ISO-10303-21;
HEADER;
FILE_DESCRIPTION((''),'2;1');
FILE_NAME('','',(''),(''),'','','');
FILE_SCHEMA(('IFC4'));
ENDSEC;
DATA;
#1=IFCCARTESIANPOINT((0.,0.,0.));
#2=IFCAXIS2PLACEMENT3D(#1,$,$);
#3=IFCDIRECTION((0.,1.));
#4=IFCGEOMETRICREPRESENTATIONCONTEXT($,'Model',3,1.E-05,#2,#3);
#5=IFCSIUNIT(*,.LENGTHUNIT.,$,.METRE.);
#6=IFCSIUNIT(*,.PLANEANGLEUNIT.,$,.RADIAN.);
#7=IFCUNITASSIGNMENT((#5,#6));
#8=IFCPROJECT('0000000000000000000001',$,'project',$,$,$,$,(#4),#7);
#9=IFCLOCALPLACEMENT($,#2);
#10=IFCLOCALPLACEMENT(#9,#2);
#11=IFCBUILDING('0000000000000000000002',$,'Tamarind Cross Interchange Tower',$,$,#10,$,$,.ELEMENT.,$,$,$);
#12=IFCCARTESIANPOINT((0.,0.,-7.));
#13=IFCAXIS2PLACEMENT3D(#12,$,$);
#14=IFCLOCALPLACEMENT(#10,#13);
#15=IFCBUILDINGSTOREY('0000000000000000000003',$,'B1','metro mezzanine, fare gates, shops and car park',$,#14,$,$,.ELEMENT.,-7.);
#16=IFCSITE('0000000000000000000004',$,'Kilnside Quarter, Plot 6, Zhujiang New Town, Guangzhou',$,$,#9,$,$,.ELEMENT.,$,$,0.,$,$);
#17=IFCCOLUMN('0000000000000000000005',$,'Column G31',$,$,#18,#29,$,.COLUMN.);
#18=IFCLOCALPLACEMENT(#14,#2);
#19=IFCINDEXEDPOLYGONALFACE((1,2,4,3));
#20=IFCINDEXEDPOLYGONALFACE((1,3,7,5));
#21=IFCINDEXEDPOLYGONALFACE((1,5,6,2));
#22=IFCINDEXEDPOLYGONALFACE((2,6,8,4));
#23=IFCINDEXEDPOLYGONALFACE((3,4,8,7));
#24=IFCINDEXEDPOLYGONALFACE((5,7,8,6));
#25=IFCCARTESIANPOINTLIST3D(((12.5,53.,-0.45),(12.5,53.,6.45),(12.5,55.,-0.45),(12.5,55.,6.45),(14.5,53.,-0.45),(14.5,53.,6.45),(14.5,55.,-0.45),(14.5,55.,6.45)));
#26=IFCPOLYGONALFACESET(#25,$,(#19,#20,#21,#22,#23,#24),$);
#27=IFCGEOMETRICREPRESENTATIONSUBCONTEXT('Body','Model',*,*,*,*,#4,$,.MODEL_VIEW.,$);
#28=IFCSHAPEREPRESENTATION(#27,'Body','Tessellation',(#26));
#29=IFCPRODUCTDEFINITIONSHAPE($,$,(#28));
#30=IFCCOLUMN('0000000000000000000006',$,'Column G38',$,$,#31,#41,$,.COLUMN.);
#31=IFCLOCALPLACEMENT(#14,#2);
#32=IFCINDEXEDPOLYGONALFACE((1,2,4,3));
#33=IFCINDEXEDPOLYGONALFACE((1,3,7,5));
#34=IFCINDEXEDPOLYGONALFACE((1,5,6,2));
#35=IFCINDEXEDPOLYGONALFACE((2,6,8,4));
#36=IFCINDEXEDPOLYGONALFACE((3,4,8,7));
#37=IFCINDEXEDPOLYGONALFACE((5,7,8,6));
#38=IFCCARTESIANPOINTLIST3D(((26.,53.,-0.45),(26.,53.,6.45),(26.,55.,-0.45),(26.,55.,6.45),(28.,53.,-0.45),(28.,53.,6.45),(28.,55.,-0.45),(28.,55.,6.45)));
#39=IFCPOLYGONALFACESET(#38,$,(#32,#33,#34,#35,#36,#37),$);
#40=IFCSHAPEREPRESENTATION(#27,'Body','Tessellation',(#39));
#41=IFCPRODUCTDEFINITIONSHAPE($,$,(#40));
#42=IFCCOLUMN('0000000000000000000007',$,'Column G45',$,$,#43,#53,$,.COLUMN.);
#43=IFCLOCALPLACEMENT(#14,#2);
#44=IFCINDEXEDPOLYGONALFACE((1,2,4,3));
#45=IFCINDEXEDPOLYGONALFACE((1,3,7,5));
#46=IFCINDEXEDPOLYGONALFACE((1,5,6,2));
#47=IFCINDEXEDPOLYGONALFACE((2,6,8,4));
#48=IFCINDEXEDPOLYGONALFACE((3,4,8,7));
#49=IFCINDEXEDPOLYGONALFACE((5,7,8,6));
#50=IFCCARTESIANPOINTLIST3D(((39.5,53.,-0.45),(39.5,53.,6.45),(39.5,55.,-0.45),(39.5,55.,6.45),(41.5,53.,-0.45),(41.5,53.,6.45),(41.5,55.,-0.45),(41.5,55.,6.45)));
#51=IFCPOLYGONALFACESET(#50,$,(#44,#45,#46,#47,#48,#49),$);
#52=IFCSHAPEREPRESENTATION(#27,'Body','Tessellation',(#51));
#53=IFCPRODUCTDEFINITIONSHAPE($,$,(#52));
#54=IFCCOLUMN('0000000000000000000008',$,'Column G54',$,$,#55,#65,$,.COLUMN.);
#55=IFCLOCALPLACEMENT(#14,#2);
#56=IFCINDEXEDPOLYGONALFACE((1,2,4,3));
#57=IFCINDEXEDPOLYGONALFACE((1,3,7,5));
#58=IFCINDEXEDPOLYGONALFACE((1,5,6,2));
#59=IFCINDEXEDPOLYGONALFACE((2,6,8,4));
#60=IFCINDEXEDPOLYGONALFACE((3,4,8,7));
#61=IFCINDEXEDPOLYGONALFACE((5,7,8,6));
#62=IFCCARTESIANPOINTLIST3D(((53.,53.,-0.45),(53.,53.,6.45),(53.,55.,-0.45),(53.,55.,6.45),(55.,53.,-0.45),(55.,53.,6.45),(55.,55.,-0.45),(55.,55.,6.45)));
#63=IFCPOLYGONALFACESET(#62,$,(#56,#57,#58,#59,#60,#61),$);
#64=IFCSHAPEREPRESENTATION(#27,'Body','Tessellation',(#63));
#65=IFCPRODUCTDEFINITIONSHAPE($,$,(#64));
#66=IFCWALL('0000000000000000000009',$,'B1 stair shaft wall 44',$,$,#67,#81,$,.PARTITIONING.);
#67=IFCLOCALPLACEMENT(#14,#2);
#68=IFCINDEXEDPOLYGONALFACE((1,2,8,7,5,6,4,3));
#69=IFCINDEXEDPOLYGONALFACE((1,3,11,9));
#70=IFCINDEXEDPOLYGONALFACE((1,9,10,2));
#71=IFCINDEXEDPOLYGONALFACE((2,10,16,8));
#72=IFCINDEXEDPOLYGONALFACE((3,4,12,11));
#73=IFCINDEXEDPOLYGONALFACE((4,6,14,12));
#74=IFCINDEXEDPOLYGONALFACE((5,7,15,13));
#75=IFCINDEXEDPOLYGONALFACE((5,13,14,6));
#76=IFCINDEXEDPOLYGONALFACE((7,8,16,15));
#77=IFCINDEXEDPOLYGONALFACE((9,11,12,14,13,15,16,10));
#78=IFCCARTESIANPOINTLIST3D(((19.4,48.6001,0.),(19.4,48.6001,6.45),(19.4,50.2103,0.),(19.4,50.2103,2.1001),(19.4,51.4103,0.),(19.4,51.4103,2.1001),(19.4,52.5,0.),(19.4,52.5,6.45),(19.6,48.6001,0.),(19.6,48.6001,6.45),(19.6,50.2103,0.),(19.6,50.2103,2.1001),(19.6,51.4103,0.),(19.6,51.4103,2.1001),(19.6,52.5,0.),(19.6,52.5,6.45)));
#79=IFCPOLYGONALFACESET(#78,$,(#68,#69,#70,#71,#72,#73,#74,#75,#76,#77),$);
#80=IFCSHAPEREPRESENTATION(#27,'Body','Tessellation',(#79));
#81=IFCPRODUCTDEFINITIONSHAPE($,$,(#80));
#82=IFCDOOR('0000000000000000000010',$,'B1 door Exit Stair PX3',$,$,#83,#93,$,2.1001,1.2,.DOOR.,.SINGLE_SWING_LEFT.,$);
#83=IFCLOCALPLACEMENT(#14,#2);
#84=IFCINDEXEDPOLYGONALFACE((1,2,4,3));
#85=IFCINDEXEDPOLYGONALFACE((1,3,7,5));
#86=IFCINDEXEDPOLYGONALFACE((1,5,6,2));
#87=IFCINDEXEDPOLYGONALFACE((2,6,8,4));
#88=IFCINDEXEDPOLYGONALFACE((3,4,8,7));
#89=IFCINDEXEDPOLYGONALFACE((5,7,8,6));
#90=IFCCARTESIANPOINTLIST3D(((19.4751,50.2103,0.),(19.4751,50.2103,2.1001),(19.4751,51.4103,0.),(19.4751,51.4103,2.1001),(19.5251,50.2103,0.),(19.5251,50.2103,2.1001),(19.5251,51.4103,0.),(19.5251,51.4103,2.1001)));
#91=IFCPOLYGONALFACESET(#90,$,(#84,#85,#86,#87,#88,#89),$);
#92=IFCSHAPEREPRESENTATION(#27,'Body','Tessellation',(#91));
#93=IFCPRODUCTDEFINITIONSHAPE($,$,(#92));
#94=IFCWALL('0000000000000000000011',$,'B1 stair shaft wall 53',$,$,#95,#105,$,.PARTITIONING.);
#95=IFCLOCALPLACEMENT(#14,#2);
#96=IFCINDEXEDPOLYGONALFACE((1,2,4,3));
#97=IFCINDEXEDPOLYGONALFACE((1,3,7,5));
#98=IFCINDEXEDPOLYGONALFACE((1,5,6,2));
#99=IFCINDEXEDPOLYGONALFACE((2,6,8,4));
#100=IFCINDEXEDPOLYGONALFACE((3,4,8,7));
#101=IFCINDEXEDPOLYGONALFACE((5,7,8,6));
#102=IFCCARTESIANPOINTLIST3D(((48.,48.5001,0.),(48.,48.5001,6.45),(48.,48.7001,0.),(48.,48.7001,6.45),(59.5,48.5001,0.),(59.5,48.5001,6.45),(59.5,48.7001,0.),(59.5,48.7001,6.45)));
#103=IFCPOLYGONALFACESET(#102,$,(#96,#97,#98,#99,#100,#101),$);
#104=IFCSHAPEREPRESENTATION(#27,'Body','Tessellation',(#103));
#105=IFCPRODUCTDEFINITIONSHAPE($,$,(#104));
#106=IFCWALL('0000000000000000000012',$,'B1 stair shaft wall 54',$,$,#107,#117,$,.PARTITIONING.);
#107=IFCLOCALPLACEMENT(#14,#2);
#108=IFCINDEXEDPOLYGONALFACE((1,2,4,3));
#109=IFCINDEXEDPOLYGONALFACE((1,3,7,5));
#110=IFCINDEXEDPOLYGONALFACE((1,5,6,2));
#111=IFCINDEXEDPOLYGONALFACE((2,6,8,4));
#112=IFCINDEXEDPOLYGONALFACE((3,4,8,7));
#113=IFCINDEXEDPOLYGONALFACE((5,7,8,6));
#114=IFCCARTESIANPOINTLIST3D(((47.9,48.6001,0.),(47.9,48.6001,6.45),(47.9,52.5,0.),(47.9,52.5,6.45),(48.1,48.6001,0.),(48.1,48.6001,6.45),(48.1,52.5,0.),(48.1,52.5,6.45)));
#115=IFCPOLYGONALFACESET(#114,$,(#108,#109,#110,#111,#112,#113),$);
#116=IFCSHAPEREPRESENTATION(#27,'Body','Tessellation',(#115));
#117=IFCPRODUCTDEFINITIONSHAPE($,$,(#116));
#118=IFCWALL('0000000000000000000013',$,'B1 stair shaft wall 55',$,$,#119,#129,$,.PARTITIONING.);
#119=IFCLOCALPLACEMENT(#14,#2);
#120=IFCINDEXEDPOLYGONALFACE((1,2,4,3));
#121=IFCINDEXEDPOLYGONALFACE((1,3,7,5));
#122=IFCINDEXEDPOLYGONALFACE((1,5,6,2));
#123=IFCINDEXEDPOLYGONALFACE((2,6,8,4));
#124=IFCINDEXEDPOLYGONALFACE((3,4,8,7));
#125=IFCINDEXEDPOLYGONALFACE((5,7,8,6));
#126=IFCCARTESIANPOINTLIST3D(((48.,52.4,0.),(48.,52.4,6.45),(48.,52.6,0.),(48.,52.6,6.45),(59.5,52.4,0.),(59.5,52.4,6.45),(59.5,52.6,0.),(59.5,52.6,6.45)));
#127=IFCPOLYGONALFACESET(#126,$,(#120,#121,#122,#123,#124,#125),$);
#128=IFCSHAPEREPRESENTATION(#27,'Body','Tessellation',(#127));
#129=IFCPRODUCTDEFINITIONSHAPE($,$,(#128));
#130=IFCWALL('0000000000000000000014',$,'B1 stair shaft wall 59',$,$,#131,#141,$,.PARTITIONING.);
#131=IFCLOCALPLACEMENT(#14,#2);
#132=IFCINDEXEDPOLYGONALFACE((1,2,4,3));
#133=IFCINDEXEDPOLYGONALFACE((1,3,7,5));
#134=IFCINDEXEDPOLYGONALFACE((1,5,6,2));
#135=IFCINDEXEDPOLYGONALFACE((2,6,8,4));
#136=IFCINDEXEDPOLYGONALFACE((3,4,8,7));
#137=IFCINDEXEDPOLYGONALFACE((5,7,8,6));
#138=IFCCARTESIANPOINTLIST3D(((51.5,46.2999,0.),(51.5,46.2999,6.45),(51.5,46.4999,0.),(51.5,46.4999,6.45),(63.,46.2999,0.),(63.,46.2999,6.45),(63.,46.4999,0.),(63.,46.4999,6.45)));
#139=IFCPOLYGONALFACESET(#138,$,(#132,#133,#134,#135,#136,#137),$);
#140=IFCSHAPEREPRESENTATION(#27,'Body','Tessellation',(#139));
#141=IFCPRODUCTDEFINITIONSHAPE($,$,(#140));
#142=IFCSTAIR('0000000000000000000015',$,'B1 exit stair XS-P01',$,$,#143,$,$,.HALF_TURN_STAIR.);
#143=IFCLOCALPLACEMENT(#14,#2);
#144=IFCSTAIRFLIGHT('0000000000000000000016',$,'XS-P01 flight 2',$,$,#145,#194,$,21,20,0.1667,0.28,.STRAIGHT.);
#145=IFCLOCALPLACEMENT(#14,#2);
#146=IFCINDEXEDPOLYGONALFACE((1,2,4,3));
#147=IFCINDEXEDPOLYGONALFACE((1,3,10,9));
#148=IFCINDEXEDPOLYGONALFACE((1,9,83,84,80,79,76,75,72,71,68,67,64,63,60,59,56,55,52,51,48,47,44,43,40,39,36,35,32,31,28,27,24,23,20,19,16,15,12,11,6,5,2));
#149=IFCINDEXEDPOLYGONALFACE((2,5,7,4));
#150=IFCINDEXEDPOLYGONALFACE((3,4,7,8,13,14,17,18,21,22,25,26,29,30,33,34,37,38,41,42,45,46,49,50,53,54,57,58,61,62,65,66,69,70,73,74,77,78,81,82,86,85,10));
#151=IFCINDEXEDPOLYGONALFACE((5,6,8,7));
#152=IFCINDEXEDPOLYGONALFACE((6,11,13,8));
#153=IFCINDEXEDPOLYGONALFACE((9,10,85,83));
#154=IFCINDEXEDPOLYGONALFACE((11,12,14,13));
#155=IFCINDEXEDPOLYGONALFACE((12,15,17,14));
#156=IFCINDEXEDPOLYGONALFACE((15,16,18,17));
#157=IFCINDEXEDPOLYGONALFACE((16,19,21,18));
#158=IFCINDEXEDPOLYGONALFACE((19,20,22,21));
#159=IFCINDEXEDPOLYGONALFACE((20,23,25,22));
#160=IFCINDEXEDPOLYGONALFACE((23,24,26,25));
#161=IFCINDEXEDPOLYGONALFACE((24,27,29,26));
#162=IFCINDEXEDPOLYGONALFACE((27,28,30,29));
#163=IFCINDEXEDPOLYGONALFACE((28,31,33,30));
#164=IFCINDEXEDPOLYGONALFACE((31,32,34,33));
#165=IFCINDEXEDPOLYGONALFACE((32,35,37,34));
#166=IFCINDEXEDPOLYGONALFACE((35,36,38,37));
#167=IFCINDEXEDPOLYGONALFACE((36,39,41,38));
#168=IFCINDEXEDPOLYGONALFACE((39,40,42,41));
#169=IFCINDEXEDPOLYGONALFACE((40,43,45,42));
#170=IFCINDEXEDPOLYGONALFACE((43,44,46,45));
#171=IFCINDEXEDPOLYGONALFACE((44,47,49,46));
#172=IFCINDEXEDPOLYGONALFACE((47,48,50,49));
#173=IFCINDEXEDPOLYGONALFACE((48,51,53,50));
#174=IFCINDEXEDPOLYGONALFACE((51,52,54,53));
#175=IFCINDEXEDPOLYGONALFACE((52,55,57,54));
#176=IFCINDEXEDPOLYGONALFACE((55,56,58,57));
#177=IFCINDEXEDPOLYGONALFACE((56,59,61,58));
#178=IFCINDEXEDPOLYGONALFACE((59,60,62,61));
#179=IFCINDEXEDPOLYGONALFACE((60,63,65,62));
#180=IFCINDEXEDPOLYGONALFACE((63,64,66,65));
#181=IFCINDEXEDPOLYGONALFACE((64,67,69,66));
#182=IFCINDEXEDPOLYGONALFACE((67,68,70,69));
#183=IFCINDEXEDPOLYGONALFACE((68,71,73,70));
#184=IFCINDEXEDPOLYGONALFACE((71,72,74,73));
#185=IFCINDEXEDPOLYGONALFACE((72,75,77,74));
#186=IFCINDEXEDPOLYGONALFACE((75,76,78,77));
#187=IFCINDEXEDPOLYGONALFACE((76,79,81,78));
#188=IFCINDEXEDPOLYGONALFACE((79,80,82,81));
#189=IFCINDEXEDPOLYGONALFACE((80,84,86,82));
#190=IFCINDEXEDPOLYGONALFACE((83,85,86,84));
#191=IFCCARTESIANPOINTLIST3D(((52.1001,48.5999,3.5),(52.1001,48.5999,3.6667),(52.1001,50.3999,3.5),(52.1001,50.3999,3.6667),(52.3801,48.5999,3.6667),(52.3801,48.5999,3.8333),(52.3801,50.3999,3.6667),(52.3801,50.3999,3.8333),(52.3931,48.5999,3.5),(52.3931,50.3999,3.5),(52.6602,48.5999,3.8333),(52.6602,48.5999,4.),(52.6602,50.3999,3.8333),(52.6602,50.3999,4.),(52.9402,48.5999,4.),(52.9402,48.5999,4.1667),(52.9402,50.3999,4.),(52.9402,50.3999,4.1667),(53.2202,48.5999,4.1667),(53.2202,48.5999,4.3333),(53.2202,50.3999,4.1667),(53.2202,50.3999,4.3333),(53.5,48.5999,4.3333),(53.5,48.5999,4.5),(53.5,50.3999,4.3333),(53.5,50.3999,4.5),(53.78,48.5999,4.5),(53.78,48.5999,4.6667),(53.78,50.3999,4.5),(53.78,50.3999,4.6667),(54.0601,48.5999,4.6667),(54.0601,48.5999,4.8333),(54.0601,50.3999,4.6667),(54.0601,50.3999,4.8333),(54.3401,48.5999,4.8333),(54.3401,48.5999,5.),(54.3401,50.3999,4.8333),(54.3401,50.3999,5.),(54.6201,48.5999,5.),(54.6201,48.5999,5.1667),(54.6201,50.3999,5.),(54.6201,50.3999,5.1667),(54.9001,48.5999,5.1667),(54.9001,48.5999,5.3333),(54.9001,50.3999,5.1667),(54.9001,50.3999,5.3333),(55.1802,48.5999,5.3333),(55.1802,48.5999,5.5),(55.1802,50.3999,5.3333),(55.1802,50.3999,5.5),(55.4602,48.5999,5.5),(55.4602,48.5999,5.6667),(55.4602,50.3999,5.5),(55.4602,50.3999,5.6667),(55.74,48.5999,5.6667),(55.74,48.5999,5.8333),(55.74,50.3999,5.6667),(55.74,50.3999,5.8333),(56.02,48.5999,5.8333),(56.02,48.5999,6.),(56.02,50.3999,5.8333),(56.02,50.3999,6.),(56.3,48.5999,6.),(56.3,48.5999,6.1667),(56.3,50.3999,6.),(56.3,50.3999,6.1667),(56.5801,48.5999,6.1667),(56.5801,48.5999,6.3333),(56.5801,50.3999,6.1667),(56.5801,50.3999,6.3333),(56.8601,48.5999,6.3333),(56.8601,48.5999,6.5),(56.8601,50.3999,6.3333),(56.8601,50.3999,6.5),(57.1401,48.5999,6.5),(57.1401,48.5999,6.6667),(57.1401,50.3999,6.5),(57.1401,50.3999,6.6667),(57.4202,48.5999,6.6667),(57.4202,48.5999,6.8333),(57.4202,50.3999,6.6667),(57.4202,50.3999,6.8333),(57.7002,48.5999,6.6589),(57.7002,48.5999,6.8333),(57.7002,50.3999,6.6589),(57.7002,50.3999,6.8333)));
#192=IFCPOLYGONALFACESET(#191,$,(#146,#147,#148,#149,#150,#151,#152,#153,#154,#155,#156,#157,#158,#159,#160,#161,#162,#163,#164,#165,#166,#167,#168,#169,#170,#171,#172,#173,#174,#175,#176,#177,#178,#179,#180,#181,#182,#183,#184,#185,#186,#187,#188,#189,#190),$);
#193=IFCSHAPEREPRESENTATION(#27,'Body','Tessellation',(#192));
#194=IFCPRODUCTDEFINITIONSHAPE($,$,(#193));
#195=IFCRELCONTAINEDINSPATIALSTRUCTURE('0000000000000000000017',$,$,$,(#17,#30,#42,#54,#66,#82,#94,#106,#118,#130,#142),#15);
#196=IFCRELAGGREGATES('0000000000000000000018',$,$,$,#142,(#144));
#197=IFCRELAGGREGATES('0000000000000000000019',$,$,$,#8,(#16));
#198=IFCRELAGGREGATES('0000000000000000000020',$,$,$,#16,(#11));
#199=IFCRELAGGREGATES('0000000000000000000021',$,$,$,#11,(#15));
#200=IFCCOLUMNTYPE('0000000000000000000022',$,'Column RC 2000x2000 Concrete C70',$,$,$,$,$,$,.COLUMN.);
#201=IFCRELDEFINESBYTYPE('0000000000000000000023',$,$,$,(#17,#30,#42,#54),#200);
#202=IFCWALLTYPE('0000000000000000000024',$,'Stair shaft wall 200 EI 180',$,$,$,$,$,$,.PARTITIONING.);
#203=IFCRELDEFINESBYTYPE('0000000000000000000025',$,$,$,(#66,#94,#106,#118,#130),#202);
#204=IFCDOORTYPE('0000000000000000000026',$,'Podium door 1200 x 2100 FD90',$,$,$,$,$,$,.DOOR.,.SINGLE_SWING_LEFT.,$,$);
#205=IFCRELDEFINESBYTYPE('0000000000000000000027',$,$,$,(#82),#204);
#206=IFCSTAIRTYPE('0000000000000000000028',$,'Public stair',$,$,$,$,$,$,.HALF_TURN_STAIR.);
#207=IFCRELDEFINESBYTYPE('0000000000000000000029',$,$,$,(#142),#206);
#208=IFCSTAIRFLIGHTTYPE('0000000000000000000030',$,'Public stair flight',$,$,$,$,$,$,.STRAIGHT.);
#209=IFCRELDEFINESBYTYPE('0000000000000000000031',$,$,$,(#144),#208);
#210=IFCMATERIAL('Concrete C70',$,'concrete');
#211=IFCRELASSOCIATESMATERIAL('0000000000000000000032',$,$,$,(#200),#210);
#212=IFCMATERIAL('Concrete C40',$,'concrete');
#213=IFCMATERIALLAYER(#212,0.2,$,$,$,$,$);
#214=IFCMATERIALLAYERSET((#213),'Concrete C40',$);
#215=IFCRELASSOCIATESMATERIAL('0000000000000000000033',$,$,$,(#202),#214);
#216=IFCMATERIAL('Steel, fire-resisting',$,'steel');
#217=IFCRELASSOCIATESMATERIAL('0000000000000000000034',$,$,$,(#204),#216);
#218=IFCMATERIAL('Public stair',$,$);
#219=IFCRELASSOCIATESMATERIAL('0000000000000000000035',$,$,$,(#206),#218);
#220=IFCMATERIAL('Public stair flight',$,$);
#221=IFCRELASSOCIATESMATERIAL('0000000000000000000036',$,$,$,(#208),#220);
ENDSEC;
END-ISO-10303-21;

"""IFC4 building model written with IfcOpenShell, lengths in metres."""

from ifc_helpers import new_model, si_unit, direction, frame, frame_2d, origin, origin_2d, place, context, subcontext, project, spatial, polyline, rectangle, outline, extrude, material, layer, layer_set, material_profile, profile_set, type_object, element, fill, aggregate, save


model = new_model("IFC4")

# Units and contexts
model_context = context("Model", 3, precision=1e-05, world=origin(), true_north=direction((0.0, 1.0)))
body_context = subcontext(model_context, "Body", "Model", "MODEL_VIEW")
ifc_project = project(units=[si_unit("LENGTHUNIT", "METRE"), si_unit("PLANEANGLEUNIT", "RADIAN")], contexts=[model_context])

# Site, building, storey
site_placement = place(None, origin())
site = spatial("IfcSite", under=ifc_project, at=site_placement, Name="Kilnside Quarter, Plot 6, Zhujiang New Town, Guangzhou", CompositionType="ELEMENT", RefElevation=0.0)
building_placement = place(site_placement, origin())
building = spatial("IfcBuilding", under=site, at=building_placement, Name="Tamarind Cross Interchange Tower", CompositionType="ELEMENT")
storey_placement = place(building_placement, frame((0.0, 0.0, -7.0)))
storey = spatial("IfcBuildingStorey", under=building, at=storey_placement, Name="B1", Description="metro mezzanine, fare gates, shops and car park", CompositionType="ELEMENT", Elevation=-7.0)

# Columns
ifc_material_1 = material(Name="Concrete C70", Category="concrete")
ifc_material_profile = material_profile(ifc_material_1, rectangle(XDim=2.0, YDim=2.0, at=origin_2d()), Name="RC 2000x2000")
ifc_profile_set = profile_set([ifc_material_profile], Name="Concrete C70")
column_type = type_object("IfcColumnType", Name="Column RC 2000x2000 Concrete C70", PredefinedType="COLUMN", material=ifc_profile_set)
for number, where, z_axis, x_axis, name in (
    (1, (13.5, 54.0, -0.45), (0.0, 0.0, 1.0), (1.0, 0.0, 0.0), "Column G31"),
    (2, (27.0, 54.0, -0.45), (0.0, 0.0, 1.0), (1.0, 0.0, 0.0), "Column G38"),
    (3, (40.5, 54.0, -0.45), (0.0, 0.0, 1.0), (1.0, 0.0, 0.0), "Column G45"),
    (4, (54.0, 54.0, -0.45), (0.0, 0.0, 1.0), (1.0, 0.0, 0.0), "Column G54"),
):
    element("IfcColumn", number, at=place(storey_placement, frame(where, z_axis=z_axis, x_axis=x_axis)), inside=storey, type_object=column_type, Name=name, PredefinedType="COLUMN", context=body_context, shape_type="SweptSolid", body=[
        extrude(rectangle(XDim=2.0, YDim=2.0, at=origin_2d()), origin(), (0.0, 0.0, 1.0), 6.8999),
    ])

# Wall, opening, door
ifc_material_2 = material(Name="Concrete C40", Category="concrete")
ifc_layer = layer(ifc_material_2, 0.2)
ifc_layer_set = layer_set([ifc_layer], Name="Concrete C40")
wall_type = type_object("IfcWallType", Name="Stair shaft wall 200 EI 180", PredefinedType="PARTITIONING", material=ifc_layer_set)
wall_1_placement = place(storey_placement, frame((19.5, 48.6001, 0.0), z_axis=(0.0, 0.0, 1.0), x_axis=(0.0, 1.0, 0.0)))
wall_1 = element("IfcWall", 5, at=wall_1_placement, inside=storey, type_object=wall_type, Name="B1 stair shaft wall 44", PredefinedType="PARTITIONING", context=body_context, shape_type="SweptSolid", body=[
    extrude(rectangle(XDim=3.8999, YDim=0.2, at=frame_2d((1.95, 0.0))), origin(), (0.0, 0.0, 1.0), 6.45),
])
opening_placement = place(wall_1_placement, frame((1.6101, 0.0, 0.0)))
opening = element("IfcOpeningElement", 6, at=opening_placement, cuts=wall_1, PredefinedType="OPENING", context=body_context, shape_type="SweptSolid", body=[
    extrude(rectangle(XDim=1.2, YDim=2.1001, at=frame_2d((0.6001, 1.05))), frame((0.0, 0.1099, 0.0), z_axis=(0.0, -1.0, 0.0), x_axis=(1.0, 0.0, 0.0)), (0.0, 0.0, 1.0), 0.22),
])
ifc_material_3 = material(Name="Steel, fire-resisting", Category="steel")
door_type = type_object("IfcDoorType", Name="Podium door 1200 x 2100 FD90", OperationType="SINGLE_SWING_LEFT", PredefinedType="DOOR", material=ifc_material_3)
door_placement = place(opening_placement, origin())
door = element("IfcDoor", 7, at=door_placement, inside=storey, type_object=door_type, Name="B1 door Exit Stair PX3", OperationType="SINGLE_SWING_LEFT", OverallHeight=2.1001, OverallWidth=1.2, PredefinedType="DOOR", context=body_context, shape_type="SweptSolid", body=[
    extrude(rectangle(XDim=1.2, YDim=2.1001, at=frame_2d((0.6001, 1.05))), frame((0.0, 0.0249, 0.0), z_axis=(0.0, -1.0, 0.0), x_axis=(1.0, 0.0, 0.0)), (0.0, 0.0, 1.0), 0.05),
])
fill(opening, door)

# Walls
wall_2_placement = place(storey_placement, frame((48.0, 48.6001, 0.0), z_axis=(0.0, 0.0, 1.0), x_axis=(1.0, 0.0, 0.0)))
element("IfcWall", 8, at=wall_2_placement, inside=storey, type_object=wall_type, Name="B1 stair shaft wall 53", PredefinedType="PARTITIONING", context=body_context, shape_type="SweptSolid", body=[
    extrude(rectangle(XDim=11.5, YDim=0.2, at=frame_2d((5.75, 0.0))), origin(), (0.0, 0.0, 1.0), 6.45),
])
wall_3_placement = place(storey_placement, frame((48.0, 48.6001, 0.0), z_axis=(0.0, 0.0, 1.0), x_axis=(0.0, 1.0, 0.0)))
element("IfcWall", 9, at=wall_3_placement, inside=storey, type_object=wall_type, Name="B1 stair shaft wall 54", PredefinedType="PARTITIONING", context=body_context, shape_type="SweptSolid", body=[
    extrude(rectangle(XDim=3.8999, YDim=0.2, at=frame_2d((1.95, 0.0))), origin(), (0.0, 0.0, 1.0), 6.45),
])
for number, where, z_axis, x_axis, name in (
    (10, (48.0, 52.5, 0.0), (0.0, 0.0, 1.0), (1.0, 0.0, 0.0), "B1 stair shaft wall 55"),
    (11, (51.5, 46.3999, 0.0), (0.0, 0.0, 1.0), (1.0, 0.0, 0.0), "B1 stair shaft wall 59"),
):
    element("IfcWall", number, at=place(storey_placement, frame(where, z_axis=z_axis, x_axis=x_axis)), inside=storey, type_object=wall_type, Name=name, PredefinedType="PARTITIONING", context=body_context, shape_type="SweptSolid", body=[
        extrude(rectangle(XDim=11.5, YDim=0.2, at=frame_2d((5.75, 0.0))), origin(), (0.0, 0.0, 1.0), 6.45),
    ])

# Stair, stair flight
ifc_material_4 = material(Name="Public stair")
stair_type = type_object("IfcStairType", Name="Public stair", PredefinedType="HALF_TURN_STAIR", material=ifc_material_4)
stair_1_placement = place(storey_placement, origin())
stair_1 = element("IfcStair", 12, at=stair_1_placement, inside=storey, type_object=stair_type, Name="B1 exit stair XS-P01", PredefinedType="HALF_TURN_STAIR")
ifc_material_5 = material(Name="Public stair flight")
stair_flight_type = type_object("IfcStairFlightType", Name="Public stair flight", PredefinedType="STRAIGHT", material=ifc_material_5)
stair_flight_1_placement = place(storey_placement, frame((52.1001, 49.5, 3.5), z_axis=(0.0, 0.0, 1.0), x_axis=(1.0, 0.0, 0.0)))
stair_flight_1 = element("IfcStairFlight", 13, at=stair_flight_1_placement, type_object=stair_flight_type, Name="XS-P01 flight 2", NumberOfRisers=21, NumberOfTreads=20, PredefinedType="STRAIGHT", RiserHeight=0.1667, TreadLength=0.28, context=body_context, shape_type="SweptSolid", body=[
    extrude(outline(polyline([(0.0, 0.0), (0.0, 0.1667), (0.28, 0.1667), (0.28, 0.3333), (0.5601, 0.3333), (0.5601, 0.5), (0.8401, 0.5), (0.8401, 0.6667), (1.1201, 0.6667), (1.1201, 0.8333), (1.3999, 0.8333), (1.3999, 1.0), (1.6799, 1.0), (1.6799, 1.1667), (1.96, 1.1667), (1.96, 1.3333), (2.24, 1.3333), (2.24, 1.5), (2.52, 1.5), (2.52, 1.6667), (2.8, 1.6667), (2.8, 1.8333), (3.0801, 1.8333), (3.0801, 2.0), (3.3601, 2.0), (3.3601, 2.1667), (3.6399, 2.1667), (3.6399, 2.3333), (3.9199, 2.3333), (3.9199, 2.5), (4.2, 2.5), (4.2, 2.6667), (4.48, 2.6667), (4.48, 2.8333), (4.76, 2.8333), (4.76, 3.0), (5.04, 3.0), (5.04, 3.1667), (5.3201, 3.1667), (5.3201, 3.3333), (5.6001, 3.3333), (5.6001, 3.5), (5.6001, 3.1589), (0.293, 0.0), (0.0, 0.0)])), frame((0.0, 0.8999, 0.0), z_axis=(0.0, -1.0, 0.0), x_axis=(1.0, 0.0, 0.0)), (0.0, 0.0, 1.0), 1.8),
])
aggregate(stair_1, [stair_flight_1])

save(model, "model.ifc")
